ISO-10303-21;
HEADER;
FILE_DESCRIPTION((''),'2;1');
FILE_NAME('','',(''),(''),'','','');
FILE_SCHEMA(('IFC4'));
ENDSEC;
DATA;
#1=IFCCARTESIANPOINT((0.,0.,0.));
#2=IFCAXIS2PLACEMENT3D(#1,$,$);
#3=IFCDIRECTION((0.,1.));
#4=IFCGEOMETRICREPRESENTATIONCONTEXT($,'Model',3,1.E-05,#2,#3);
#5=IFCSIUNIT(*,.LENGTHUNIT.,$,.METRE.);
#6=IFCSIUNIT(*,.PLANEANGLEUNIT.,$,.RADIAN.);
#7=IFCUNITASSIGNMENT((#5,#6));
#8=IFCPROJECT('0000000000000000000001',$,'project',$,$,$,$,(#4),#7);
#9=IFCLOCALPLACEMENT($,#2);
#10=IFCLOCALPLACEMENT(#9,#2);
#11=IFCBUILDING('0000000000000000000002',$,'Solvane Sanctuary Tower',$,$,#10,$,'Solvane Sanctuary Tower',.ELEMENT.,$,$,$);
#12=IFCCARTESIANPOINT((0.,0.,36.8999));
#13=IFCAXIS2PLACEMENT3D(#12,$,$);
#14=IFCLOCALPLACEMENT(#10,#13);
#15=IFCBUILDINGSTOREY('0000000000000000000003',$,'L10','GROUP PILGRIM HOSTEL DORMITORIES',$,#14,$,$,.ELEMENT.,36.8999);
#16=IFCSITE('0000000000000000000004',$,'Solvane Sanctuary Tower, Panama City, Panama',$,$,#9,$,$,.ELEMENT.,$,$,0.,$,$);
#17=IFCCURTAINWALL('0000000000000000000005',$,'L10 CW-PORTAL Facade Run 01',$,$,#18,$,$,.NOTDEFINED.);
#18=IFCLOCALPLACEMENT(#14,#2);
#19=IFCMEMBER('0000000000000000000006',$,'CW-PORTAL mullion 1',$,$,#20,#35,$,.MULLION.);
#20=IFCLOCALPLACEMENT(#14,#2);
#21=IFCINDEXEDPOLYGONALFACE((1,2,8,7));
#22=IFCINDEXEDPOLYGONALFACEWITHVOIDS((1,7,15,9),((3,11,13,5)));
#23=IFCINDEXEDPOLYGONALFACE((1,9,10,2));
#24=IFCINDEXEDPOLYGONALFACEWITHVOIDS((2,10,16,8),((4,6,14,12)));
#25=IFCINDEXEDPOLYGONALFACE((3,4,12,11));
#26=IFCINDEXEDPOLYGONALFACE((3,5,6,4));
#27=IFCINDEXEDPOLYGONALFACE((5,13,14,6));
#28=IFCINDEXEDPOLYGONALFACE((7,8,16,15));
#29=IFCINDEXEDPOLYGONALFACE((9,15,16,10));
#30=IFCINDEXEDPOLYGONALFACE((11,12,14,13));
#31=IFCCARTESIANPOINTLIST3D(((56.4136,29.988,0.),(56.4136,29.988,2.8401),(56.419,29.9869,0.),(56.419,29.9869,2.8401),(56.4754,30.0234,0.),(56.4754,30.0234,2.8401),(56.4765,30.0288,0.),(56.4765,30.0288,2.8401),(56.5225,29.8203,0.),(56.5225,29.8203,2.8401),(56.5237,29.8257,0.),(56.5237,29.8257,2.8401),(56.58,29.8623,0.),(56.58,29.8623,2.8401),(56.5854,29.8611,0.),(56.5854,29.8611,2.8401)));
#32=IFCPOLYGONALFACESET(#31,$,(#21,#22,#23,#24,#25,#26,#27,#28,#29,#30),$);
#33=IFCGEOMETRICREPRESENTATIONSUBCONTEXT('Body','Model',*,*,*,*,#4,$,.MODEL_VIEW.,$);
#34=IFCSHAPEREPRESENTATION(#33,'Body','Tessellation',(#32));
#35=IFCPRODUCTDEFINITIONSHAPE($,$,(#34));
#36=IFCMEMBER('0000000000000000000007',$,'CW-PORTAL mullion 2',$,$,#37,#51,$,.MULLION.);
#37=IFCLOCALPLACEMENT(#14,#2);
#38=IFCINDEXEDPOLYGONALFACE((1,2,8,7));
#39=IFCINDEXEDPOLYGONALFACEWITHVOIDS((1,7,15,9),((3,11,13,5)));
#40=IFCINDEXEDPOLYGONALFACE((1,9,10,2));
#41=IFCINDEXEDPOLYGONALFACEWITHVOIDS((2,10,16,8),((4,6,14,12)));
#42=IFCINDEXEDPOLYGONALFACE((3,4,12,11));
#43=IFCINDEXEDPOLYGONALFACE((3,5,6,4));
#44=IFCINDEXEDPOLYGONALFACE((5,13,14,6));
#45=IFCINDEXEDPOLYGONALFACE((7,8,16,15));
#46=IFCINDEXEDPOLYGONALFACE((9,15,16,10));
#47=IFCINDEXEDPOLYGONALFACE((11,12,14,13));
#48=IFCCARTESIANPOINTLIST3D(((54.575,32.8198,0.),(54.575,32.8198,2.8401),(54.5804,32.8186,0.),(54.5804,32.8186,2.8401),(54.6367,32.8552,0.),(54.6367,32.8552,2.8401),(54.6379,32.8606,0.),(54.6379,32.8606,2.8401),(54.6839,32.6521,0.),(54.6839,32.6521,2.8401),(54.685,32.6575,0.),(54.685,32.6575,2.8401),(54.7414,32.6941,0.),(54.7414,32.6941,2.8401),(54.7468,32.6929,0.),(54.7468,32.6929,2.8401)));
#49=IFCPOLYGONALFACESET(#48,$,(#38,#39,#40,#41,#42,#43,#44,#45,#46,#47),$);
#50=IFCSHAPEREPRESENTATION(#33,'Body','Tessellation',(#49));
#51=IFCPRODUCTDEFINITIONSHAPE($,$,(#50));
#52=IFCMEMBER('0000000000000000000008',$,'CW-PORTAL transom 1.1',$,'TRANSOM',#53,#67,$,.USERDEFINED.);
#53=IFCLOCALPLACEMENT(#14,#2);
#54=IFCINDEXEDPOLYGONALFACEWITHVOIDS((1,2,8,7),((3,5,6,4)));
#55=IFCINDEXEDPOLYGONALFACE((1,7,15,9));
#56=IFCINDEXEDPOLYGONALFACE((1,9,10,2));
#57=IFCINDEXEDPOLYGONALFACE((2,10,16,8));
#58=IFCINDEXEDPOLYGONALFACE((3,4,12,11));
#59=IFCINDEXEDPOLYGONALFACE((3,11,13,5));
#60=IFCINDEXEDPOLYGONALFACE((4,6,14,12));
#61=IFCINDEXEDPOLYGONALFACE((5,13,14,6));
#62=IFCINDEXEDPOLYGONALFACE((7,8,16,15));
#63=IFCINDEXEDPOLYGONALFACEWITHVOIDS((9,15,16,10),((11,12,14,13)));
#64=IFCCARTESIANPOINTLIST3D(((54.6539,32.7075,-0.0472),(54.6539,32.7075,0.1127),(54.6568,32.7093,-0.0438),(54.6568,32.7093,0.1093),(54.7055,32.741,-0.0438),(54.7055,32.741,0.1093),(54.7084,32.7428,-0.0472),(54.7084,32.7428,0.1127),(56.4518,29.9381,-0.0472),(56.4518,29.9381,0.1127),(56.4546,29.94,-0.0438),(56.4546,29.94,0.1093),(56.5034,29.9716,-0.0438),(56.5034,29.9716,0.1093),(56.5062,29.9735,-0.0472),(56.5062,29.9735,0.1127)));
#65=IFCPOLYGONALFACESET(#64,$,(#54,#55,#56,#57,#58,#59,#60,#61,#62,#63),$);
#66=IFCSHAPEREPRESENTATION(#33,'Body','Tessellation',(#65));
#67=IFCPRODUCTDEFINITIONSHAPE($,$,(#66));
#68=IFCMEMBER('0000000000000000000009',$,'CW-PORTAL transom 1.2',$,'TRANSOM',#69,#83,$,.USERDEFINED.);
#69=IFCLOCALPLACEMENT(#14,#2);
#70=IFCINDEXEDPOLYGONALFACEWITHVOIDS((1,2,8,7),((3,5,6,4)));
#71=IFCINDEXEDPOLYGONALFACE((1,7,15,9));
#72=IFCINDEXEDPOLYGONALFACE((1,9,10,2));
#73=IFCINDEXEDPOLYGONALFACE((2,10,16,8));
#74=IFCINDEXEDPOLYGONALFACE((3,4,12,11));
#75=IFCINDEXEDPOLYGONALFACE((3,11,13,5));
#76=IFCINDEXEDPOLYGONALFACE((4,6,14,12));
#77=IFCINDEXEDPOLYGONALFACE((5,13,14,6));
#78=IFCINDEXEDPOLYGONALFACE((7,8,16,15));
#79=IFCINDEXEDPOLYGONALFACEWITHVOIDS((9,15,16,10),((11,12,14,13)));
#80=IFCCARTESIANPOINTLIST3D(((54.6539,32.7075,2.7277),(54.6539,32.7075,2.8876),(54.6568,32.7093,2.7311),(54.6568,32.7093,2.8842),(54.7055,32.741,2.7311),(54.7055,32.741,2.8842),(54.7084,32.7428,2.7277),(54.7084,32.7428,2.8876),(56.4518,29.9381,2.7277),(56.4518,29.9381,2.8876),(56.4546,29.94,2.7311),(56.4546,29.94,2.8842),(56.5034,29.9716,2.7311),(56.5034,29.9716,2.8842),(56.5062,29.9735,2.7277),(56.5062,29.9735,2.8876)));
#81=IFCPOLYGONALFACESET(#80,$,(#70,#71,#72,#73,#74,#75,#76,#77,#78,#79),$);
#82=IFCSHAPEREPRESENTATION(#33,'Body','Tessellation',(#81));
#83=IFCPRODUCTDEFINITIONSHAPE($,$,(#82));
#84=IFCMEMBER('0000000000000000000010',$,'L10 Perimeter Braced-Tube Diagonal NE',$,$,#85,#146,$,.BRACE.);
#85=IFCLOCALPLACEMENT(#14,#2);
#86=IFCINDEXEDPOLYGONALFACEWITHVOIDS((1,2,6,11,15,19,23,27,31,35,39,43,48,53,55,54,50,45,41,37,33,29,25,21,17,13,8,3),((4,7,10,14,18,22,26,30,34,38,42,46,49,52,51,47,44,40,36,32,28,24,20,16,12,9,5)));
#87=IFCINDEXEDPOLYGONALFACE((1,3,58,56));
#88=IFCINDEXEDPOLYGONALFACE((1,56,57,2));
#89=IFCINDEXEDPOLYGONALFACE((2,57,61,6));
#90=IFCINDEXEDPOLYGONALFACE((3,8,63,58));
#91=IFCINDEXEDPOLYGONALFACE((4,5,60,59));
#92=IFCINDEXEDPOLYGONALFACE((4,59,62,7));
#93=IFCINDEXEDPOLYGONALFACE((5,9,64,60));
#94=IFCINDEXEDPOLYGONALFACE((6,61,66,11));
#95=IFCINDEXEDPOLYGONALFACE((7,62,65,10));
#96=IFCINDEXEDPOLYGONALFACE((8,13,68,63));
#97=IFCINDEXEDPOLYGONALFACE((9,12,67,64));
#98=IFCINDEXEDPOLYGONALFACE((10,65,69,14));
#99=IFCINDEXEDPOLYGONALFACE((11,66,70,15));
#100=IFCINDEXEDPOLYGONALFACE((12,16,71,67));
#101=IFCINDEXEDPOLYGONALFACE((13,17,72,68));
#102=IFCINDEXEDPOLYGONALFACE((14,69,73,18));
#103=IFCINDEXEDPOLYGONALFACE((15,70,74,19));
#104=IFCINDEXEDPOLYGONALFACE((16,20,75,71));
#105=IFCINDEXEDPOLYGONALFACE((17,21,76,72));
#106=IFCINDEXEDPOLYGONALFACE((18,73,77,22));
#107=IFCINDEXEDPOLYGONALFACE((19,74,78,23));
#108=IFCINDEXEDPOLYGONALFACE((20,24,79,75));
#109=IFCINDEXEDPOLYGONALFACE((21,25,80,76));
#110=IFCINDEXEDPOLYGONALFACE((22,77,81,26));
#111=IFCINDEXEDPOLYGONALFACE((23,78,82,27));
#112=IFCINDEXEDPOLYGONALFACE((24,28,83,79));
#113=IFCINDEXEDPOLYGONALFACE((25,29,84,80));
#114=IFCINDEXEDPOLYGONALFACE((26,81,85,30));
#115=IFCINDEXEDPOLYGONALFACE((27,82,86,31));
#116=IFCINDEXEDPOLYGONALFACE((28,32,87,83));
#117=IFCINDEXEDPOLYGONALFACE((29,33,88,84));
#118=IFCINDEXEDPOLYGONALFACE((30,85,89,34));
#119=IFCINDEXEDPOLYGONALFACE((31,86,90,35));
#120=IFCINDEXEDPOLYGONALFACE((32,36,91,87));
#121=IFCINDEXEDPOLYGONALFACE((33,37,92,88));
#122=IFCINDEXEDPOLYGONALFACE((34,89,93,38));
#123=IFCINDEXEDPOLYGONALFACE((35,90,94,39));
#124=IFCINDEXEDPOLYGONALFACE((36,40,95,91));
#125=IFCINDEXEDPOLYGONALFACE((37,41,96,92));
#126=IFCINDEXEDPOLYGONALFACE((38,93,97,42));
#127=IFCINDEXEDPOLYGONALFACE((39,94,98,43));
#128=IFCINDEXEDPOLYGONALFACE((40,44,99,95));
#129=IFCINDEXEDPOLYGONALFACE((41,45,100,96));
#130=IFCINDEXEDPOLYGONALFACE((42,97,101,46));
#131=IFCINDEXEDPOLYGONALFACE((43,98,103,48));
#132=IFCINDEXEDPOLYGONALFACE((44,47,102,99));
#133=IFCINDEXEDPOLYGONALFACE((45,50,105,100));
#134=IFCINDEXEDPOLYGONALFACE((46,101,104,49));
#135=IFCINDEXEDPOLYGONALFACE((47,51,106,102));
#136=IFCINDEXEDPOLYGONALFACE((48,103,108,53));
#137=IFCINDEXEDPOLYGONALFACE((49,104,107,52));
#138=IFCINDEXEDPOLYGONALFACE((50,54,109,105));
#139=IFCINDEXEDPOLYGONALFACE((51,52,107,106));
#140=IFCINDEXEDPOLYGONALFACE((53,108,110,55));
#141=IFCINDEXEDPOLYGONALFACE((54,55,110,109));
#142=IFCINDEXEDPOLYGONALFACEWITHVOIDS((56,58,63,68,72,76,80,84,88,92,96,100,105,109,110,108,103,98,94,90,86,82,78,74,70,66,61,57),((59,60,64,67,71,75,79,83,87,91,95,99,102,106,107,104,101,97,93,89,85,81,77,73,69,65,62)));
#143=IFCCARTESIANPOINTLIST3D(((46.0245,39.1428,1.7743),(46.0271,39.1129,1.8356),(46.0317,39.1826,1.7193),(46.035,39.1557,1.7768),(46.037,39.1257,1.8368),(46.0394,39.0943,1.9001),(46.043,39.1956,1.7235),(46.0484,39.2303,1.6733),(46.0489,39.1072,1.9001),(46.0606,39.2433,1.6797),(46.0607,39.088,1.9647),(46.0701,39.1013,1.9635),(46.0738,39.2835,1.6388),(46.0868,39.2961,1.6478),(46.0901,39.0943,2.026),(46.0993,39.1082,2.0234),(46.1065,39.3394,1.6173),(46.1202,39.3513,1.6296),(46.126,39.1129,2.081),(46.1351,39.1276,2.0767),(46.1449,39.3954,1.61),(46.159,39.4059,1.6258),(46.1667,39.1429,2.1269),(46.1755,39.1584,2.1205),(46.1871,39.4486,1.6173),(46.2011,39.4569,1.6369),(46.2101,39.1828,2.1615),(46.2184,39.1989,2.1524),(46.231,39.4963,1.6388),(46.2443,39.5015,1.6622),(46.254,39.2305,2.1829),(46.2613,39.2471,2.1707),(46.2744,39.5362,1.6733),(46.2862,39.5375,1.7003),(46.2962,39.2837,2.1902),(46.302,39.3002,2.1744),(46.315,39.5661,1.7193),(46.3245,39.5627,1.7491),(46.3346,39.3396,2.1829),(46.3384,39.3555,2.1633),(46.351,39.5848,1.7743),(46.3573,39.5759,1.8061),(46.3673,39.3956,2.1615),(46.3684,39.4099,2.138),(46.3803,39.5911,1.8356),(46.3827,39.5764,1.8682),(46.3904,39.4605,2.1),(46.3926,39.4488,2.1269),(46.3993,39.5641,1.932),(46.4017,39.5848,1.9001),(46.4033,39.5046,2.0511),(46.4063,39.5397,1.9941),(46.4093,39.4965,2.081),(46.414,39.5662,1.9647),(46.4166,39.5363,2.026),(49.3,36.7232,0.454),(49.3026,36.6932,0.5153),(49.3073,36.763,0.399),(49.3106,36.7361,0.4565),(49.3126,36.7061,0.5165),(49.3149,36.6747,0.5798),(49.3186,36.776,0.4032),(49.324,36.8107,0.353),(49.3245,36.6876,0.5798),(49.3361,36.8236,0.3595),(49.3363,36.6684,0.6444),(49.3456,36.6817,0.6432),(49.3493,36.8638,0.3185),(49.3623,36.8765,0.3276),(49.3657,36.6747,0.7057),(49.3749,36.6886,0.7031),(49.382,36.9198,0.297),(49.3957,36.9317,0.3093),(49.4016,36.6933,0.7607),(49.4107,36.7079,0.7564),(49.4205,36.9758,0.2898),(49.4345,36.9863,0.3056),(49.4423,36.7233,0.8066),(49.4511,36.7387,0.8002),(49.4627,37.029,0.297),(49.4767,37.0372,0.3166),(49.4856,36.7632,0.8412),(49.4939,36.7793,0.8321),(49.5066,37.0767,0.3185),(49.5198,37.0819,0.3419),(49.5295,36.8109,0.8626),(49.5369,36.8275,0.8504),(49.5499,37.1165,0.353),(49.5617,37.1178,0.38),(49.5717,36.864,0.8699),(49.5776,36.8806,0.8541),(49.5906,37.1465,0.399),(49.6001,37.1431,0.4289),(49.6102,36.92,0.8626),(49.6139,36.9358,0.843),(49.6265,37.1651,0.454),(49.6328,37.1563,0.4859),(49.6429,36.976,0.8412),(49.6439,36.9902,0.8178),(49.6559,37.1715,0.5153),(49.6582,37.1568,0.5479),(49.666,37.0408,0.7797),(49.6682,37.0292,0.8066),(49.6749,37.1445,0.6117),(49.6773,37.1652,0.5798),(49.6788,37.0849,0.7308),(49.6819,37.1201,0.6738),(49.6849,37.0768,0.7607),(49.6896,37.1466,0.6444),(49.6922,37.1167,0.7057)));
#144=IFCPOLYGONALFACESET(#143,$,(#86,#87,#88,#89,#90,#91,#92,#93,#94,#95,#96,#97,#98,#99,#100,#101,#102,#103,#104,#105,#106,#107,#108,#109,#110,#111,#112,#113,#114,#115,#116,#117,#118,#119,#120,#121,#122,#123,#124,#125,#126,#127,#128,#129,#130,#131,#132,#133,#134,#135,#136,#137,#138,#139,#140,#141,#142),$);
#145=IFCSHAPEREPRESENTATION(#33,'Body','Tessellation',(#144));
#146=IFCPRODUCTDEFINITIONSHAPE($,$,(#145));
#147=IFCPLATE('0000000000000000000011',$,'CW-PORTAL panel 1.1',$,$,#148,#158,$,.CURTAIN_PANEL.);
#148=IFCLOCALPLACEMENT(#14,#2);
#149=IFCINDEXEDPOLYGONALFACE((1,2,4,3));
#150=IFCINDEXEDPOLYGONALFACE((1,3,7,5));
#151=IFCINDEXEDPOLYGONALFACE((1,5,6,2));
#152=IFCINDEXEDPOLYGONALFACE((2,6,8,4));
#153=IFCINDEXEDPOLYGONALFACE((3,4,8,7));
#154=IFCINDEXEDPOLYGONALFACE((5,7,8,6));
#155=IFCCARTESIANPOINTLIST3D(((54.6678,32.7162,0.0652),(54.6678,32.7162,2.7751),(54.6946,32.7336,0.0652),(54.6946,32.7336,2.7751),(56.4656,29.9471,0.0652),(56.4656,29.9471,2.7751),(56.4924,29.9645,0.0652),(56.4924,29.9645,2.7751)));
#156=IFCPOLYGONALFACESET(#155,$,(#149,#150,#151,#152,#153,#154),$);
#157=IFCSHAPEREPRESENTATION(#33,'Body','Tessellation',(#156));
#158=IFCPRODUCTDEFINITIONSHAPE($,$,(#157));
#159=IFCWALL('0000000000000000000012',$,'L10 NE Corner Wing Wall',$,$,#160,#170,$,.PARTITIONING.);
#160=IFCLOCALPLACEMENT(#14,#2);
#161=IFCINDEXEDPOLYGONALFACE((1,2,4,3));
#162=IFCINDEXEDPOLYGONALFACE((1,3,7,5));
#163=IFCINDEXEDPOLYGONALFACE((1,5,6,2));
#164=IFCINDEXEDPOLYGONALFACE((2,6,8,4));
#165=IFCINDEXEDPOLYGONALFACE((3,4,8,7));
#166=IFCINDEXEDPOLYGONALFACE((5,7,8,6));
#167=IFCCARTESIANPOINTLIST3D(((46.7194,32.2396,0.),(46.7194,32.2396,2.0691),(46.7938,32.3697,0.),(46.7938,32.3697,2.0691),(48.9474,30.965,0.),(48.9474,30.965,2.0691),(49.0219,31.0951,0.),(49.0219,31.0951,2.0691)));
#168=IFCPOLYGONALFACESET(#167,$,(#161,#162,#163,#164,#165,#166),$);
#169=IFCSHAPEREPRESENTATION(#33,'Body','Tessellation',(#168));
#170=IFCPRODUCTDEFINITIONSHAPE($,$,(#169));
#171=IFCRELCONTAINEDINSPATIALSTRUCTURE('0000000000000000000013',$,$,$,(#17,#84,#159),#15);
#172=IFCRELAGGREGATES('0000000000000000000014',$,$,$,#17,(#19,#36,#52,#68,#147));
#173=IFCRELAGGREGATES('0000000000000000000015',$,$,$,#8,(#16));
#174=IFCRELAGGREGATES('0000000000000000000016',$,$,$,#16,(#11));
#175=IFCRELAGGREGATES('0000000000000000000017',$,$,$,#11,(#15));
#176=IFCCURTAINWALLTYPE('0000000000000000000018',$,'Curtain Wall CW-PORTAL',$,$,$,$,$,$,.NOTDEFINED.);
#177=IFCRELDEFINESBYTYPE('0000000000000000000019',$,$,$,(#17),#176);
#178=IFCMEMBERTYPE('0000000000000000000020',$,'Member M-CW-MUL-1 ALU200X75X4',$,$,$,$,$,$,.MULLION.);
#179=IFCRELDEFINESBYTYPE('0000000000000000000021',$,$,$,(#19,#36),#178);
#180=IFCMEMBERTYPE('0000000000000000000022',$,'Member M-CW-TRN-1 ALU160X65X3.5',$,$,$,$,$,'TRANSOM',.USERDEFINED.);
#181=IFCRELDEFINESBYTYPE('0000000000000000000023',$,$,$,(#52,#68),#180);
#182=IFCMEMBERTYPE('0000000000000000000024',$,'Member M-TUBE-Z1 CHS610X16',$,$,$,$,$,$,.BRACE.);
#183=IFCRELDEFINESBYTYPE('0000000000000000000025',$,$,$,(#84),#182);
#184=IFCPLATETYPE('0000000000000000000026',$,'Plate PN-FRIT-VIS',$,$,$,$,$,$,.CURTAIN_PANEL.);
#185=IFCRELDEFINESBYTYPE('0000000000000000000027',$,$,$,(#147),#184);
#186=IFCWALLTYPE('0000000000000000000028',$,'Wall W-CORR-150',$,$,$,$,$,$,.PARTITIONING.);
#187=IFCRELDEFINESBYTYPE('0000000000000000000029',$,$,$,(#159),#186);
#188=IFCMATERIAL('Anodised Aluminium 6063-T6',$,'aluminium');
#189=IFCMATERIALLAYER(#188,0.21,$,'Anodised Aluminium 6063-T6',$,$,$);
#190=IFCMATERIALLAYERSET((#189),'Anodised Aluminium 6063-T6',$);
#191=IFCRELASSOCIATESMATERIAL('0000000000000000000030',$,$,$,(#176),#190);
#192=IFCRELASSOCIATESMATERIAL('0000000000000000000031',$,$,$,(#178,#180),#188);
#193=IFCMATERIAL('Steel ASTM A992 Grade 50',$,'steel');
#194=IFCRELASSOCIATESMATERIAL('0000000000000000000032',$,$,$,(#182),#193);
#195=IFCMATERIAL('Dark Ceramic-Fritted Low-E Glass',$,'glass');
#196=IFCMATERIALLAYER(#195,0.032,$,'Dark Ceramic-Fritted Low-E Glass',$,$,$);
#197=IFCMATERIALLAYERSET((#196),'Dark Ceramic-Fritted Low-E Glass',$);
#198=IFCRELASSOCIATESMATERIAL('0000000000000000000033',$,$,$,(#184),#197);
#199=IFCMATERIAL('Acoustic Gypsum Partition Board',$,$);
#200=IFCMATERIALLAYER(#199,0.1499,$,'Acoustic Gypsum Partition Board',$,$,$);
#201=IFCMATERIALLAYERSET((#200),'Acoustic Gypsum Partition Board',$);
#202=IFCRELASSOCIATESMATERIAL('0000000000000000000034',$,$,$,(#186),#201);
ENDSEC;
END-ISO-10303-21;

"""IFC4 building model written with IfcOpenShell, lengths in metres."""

from ifc_helpers import new_model, si_unit, direction, frame, frame_2d, origin, origin_2d, place, context, subcontext, project, spatial, rectangle, hollow_rectangle, hollow_circle, extrude, material, layer, layer_set, material_profile, profile_set, type_object, element, aggregate, save


model = new_model("IFC4")

# Units and contexts
model_context = context("Model", 3, precision=1e-05, world=origin(), true_north=direction((0.0, 1.0)))
body_context = subcontext(model_context, "Body", "Model", "MODEL_VIEW")
ifc_project = project(units=[si_unit("LENGTHUNIT", "METRE"), si_unit("PLANEANGLEUNIT", "RADIAN")], contexts=[model_context])

# Site, building, storey
site_placement = place(None, origin())
site = spatial("IfcSite", under=ifc_project, at=site_placement, Name="Solvane Sanctuary Tower, Panama City, Panama", CompositionType="ELEMENT", RefElevation=0.0)
building_placement = place(site_placement, origin())
building = spatial("IfcBuilding", under=site, at=building_placement, Name="Solvane Sanctuary Tower", LongName="Solvane Sanctuary Tower", CompositionType="ELEMENT")
storey_placement = place(building_placement, frame((0.0, 0.0, 36.8999)))
storey = spatial("IfcBuildingStorey", under=building, at=storey_placement, Name="L10", Description="GROUP PILGRIM HOSTEL DORMITORIES", CompositionType="ELEMENT", Elevation=36.8999)

# Shared definitions
ifc_material_1 = material(Name="Steel ASTM A992 Grade 50", Category="steel")

# Curtain wall, members
ifc_material_2 = material(Name="Anodised Aluminium 6063-T6", Category="aluminium")
ifc_layer_1 = layer(ifc_material_2, 0.21, Name="Anodised Aluminium 6063-T6")
ifc_layer_set_1 = layer_set([ifc_layer_1], Name="Anodised Aluminium 6063-T6")
curtain_wall_type = type_object("IfcCurtainWallType", Name="Curtain Wall CW-PORTAL", PredefinedType="NOTDEFINED", material=ifc_layer_set_1)
curtain_wall_placement = place(storey_placement, origin())
curtain_wall = element("IfcCurtainWall", 1, at=curtain_wall_placement, inside=storey, type_object=curtain_wall_type, Name="L10 CW-PORTAL Facade Run 01", PredefinedType="NOTDEFINED")
ifc_material_profile_1 = material_profile(ifc_material_2, hollow_rectangle(XDim=0.075, YDim=0.2, WallThickness=0.0039, at=origin_2d()), Name="ALU200X75X4")
ifc_profile_set_1 = profile_set([ifc_material_profile_1], Name="Anodised Aluminium 6063-T6")
member_type_1 = type_object("IfcMemberType", Name="Member M-CW-MUL-1 ALU200X75X4", PredefinedType="MULLION", material=ifc_profile_set_1)
member_1_placement = place(storey_placement, frame((56.4995, 29.9246, 0.0), z_axis=(0.0, 0.0, 1.0), x_axis=(-0.838733, -0.544543, 0.0)))
member_1 = element("IfcMember", 2, at=member_1_placement, type_object=member_type_1, Name="CW-PORTAL mullion 1", PredefinedType="MULLION", context=body_context, shape_type="SweptSolid", body=[
    extrude(hollow_rectangle(XDim=0.075, YDim=0.2, WallThickness=0.0039, at=origin_2d()), origin(), (0.0, 0.0, 1.0), 2.8401),
])
member_2_placement = place(storey_placement, frame((54.6609, 32.7563, 0.0), z_axis=(0.0, 0.0, 1.0), x_axis=(-0.838733, -0.544543, 0.0)))
member_2 = element("IfcMember", 3, at=member_2_placement, type_object=member_type_1, Name="CW-PORTAL mullion 2", PredefinedType="MULLION", context=body_context, shape_type="SweptSolid", body=[
    extrude(hollow_rectangle(XDim=0.075, YDim=0.2, WallThickness=0.0039, at=origin_2d()), origin(), (0.0, 0.0, 1.0), 2.8401),
])
ifc_material_profile_2 = material_profile(ifc_material_2, hollow_rectangle(XDim=0.0649, YDim=0.1599, WallThickness=0.0034, at=origin_2d()), Name="ALU160X65X3.5")
ifc_profile_set_2 = profile_set([ifc_material_profile_2], Name="Anodised Aluminium 6063-T6")
member_type_2 = type_object("IfcMemberType", Name="Member M-CW-TRN-1 ALU160X65X3.5", ElementType="TRANSOM", PredefinedType="USERDEFINED", material=ifc_profile_set_2)
member_3_placement = place(storey_placement, frame((56.479, 29.9558, 0.0327), z_axis=(-0.544523, 0.838746, 0.0), x_axis=(-0.838746, -0.544523, 0.0)))
member_3 = element("IfcMember", 4, at=member_3_placement, type_object=member_type_2, Name="CW-PORTAL transom 1.1", ObjectType="TRANSOM", PredefinedType="USERDEFINED", context=body_context, shape_type="SweptSolid", body=[
    extrude(hollow_rectangle(XDim=0.0649, YDim=0.1599, WallThickness=0.0034, at=origin_2d()), origin(), (0.0, 0.0, 1.0), 3.3018),
])
member_4_placement = place(storey_placement, frame((56.479, 29.9558, 2.8076), z_axis=(-0.544523, 0.838746, 0.0), x_axis=(-0.838746, -0.544523, 0.0)))
member_4 = element("IfcMember", 5, at=member_4_placement, type_object=member_type_2, Name="CW-PORTAL transom 1.2", ObjectType="TRANSOM", PredefinedType="USERDEFINED", context=body_context, shape_type="SweptSolid", body=[
    extrude(hollow_rectangle(XDim=0.0649, YDim=0.1599, WallThickness=0.0034, at=origin_2d()), origin(), (0.0, 0.0, 1.0), 3.3018),
])

# Member
ifc_material_profile_3 = material_profile(ifc_material_1, hollow_circle(Radius=0.3049, WallThickness=0.0161, at=origin_2d()), Name="CHS610X16")
ifc_profile_set_3 = profile_set([ifc_material_profile_3], Name="Steel ASTM A992 Grade 50")
member_type_3 = type_object("IfcMemberType", Name="Member M-TUBE-Z1 CHS610X16", PredefinedType="BRACE", material=ifc_profile_set_3)
member_5_placement = place(storey_placement, frame((49.4961, 36.9199, 0.5798), z_axis=(-0.765138, 0.5652, 0.308405), x_axis=(-0.594162, -0.804346, 0.0)))
element("IfcMember", 6, at=member_5_placement, inside=storey, type_object=member_type_3, Name="L10 Perimeter Braced-Tube Diagonal NE", PredefinedType="BRACE", context=body_context, shape_type="SweptSolid", body=[
    extrude(hollow_circle(Radius=0.3049, WallThickness=0.0161, at=origin_2d()), origin(), (0.0, 0.0, 1.0), 4.281),
])

# Plate
ifc_material_3 = material(Name="Dark Ceramic-Fritted Low-E Glass", Category="glass")
ifc_layer_2 = layer(ifc_material_3, 0.032, Name="Dark Ceramic-Fritted Low-E Glass")
ifc_layer_set_2 = layer_set([ifc_layer_2], Name="Dark Ceramic-Fritted Low-E Glass")
plate_type = type_object("IfcPlateType", Name="Plate PN-FRIT-VIS", PredefinedType="CURTAIN_PANEL", material=ifc_layer_set_2)
plate_placement = place(storey_placement, frame((55.5801, 31.3403, 0.0652), z_axis=(0.0, 0.0, 1.0), x_axis=(-0.544543, 0.838733, 0.0)))
plate = element("IfcPlate", 7, at=plate_placement, type_object=plate_type, Name="CW-PORTAL panel 1.1", PredefinedType="CURTAIN_PANEL", context=body_context, shape_type="SweptSolid", body=[
    extrude(rectangle(XDim=3.3015, YDim=0.032, at=origin_2d()), origin(), (0.0, 0.0, 1.0), 2.71),
])
aggregate(curtain_wall, [member_1, member_2, member_3, member_4, plate])

# Wall
ifc_material_4 = material(Name="Acoustic Gypsum Partition Board")
ifc_layer_3 = layer(ifc_material_4, 0.1499, Name="Acoustic Gypsum Partition Board")
ifc_layer_set_3 = layer_set([ifc_layer_3], Name="Acoustic Gypsum Partition Board")
wall_type_1 = type_object("IfcWallType", Name="Wall W-CORR-150", PredefinedType="PARTITIONING", material=ifc_layer_set_3)
wall_1_placement = place(storey_placement, frame((46.7566, 32.3047, 0.0), z_axis=(0.0, 0.0, 1.0), x_axis=(0.867991, -0.496579, 0.0)))
element("IfcWall", 8, at=wall_1_placement, inside=storey, type_object=wall_type_1, Name="L10 NE Corner Wing Wall", PredefinedType="PARTITIONING", context=body_context, shape_type="SweptSolid", body=[
    extrude(rectangle(XDim=2.5669, YDim=0.1499, at=frame_2d((1.2834, 0.0))), origin(), (0.0, 0.0, 1.0), 2.0691),
])

save(model, "model.ifc")
